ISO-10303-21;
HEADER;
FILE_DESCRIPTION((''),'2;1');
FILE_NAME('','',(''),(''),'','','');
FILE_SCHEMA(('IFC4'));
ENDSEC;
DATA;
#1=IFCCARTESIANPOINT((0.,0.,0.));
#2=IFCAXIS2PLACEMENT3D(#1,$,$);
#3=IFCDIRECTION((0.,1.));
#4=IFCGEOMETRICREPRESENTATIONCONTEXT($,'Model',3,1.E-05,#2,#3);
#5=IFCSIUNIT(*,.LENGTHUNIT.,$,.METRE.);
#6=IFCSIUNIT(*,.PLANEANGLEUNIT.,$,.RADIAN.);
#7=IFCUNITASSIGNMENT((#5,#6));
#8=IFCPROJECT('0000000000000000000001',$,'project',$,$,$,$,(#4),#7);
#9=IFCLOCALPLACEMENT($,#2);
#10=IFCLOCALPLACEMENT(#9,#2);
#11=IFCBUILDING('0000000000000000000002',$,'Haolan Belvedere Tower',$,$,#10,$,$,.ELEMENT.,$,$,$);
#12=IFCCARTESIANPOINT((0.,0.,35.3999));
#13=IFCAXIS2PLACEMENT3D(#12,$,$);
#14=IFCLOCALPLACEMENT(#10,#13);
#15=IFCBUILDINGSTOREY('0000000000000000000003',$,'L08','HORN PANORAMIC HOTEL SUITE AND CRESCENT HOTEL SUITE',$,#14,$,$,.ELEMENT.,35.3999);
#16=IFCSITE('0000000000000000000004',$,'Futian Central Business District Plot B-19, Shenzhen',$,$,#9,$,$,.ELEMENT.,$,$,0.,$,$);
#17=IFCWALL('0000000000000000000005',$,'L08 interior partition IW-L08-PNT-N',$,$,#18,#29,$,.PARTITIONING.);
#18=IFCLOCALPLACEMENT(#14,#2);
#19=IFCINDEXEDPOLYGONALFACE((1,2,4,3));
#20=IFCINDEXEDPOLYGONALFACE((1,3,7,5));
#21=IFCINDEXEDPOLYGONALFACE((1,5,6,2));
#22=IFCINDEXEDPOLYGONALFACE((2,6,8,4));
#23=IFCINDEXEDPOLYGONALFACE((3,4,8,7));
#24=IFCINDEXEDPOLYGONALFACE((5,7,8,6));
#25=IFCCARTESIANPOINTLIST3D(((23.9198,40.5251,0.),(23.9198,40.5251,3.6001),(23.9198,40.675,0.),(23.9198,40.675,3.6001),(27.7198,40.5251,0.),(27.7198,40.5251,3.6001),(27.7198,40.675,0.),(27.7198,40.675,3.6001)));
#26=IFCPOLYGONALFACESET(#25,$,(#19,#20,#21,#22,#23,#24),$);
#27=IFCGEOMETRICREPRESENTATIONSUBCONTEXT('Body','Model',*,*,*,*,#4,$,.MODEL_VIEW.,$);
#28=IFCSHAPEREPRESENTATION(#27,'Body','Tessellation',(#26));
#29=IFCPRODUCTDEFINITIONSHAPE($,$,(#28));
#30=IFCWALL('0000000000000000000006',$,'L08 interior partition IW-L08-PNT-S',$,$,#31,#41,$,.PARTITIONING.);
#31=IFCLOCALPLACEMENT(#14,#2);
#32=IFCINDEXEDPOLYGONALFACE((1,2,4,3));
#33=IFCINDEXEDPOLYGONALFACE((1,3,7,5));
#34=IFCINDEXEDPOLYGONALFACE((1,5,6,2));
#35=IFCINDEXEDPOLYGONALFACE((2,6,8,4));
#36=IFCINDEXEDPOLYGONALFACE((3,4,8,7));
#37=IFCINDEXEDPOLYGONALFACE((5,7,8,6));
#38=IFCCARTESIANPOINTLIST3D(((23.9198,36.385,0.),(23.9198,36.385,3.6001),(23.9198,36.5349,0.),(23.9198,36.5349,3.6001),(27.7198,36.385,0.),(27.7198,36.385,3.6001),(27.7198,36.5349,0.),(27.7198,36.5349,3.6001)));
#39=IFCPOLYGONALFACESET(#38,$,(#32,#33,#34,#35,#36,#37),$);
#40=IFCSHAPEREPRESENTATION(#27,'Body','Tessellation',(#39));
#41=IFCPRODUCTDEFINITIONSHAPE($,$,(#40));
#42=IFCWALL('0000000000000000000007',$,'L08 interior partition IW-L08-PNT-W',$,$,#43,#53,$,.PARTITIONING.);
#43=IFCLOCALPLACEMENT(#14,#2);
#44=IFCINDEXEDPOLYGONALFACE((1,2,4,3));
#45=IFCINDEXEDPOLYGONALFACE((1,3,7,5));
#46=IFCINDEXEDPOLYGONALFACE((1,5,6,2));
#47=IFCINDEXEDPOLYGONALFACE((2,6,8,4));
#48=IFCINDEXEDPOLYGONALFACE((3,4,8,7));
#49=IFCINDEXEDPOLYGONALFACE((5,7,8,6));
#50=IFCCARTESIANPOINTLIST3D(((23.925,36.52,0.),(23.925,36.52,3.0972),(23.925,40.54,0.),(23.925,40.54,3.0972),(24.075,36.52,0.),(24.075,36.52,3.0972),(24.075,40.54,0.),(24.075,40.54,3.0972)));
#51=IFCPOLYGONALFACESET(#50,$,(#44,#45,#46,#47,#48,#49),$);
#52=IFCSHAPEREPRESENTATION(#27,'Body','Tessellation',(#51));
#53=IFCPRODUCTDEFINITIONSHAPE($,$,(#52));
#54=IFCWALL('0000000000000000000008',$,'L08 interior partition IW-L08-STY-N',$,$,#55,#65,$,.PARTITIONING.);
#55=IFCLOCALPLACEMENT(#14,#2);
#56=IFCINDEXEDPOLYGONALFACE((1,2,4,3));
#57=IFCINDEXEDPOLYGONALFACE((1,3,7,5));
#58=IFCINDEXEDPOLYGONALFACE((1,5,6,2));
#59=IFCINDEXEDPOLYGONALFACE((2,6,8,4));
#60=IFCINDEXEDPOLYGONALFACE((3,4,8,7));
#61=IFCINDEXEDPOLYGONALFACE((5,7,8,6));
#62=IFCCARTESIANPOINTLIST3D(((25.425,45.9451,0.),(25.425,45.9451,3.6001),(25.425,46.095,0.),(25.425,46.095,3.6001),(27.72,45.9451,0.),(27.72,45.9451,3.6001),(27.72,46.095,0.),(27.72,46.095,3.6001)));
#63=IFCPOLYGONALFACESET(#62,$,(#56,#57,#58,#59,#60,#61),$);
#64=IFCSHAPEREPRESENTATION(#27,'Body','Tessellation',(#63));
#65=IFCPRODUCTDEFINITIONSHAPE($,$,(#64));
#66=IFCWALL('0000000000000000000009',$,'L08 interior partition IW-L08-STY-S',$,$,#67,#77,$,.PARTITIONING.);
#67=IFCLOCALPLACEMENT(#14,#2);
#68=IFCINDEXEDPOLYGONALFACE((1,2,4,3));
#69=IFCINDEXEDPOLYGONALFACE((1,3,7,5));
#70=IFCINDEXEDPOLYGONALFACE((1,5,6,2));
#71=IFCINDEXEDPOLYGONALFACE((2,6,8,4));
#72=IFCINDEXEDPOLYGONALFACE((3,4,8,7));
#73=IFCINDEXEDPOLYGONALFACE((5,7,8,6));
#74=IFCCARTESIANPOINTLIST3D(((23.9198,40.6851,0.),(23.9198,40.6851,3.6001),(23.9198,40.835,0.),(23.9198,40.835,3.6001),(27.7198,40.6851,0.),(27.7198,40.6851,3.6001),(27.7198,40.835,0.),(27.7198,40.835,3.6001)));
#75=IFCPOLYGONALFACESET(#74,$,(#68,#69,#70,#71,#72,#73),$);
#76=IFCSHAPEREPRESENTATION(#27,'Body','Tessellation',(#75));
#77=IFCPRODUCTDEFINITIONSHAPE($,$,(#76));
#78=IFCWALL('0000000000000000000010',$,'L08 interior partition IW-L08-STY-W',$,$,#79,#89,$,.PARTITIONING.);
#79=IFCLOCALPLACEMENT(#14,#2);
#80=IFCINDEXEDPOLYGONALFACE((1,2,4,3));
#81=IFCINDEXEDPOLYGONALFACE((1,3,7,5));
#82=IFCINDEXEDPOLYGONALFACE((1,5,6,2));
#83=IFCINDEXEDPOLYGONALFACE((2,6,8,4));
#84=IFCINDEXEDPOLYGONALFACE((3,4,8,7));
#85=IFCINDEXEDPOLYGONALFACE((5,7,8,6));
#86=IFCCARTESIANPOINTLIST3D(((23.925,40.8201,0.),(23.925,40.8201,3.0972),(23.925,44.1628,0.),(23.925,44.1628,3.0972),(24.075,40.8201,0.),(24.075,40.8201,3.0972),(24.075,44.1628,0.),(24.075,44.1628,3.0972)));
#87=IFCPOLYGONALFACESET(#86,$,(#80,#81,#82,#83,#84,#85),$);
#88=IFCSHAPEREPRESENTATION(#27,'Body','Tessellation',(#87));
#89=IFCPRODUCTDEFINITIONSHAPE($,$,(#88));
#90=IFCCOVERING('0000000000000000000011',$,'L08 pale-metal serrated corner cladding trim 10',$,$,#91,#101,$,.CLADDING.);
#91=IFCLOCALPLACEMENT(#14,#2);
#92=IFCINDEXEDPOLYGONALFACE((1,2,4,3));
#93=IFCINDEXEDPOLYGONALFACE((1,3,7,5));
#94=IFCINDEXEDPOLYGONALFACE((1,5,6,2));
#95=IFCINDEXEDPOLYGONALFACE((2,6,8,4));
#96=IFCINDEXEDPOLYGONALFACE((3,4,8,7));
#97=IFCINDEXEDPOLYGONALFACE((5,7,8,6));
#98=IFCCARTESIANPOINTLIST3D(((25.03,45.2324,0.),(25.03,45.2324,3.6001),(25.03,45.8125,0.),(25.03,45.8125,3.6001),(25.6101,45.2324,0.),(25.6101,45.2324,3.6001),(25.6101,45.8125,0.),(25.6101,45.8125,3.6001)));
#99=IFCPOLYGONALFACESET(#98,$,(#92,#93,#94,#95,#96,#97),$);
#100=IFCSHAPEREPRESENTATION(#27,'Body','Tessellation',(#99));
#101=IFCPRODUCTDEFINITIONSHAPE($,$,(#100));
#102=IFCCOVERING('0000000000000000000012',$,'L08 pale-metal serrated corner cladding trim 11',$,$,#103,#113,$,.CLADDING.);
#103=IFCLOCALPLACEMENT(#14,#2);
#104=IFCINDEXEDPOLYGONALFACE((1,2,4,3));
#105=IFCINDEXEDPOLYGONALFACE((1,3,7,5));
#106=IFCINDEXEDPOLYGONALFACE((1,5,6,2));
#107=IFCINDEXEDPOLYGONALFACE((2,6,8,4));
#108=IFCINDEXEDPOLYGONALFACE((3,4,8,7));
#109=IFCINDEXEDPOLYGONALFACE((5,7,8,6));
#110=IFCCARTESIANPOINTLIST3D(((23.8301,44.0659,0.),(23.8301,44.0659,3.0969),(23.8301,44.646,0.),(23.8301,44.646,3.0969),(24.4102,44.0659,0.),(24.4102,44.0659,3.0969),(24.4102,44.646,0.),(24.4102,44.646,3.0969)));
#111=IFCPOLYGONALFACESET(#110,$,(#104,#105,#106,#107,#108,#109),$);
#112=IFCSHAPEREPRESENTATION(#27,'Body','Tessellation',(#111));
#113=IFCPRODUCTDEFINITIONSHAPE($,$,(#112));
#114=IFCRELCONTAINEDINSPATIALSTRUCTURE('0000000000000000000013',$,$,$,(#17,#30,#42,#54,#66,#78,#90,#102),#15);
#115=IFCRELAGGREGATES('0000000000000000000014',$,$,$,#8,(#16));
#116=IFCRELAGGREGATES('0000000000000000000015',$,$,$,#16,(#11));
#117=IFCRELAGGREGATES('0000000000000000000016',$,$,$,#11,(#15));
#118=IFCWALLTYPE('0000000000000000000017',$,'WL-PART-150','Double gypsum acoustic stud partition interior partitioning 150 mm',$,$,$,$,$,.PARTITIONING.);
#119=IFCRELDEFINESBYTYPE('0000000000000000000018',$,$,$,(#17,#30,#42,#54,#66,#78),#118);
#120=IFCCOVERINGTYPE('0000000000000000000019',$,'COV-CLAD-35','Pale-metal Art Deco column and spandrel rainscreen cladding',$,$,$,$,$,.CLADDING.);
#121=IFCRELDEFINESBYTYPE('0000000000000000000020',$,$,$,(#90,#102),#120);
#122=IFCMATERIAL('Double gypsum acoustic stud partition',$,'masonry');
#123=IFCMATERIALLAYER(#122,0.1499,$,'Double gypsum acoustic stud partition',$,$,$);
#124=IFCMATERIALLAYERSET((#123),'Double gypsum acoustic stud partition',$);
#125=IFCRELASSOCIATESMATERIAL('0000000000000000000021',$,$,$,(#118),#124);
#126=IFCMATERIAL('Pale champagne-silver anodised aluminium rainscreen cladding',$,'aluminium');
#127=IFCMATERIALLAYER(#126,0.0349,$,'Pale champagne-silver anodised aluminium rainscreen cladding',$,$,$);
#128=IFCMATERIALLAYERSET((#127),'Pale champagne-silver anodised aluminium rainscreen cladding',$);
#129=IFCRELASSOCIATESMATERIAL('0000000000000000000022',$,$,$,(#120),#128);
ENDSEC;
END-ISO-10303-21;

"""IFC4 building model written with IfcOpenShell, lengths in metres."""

from ifc_helpers import new_model, si_unit, direction, frame, frame_2d, origin, origin_2d, place, context, subcontext, project, spatial, rectangle, extrude, material, layer, layer_set, type_object, element, save


model = new_model("IFC4")

# Units and contexts
model_context = context("Model", 3, precision=1e-05, world=origin(), true_north=direction((0.0, 1.0)))
body_context = subcontext(model_context, "Body", "Model", "MODEL_VIEW")
ifc_project = project(units=[si_unit("LENGTHUNIT", "METRE"), si_unit("PLANEANGLEUNIT", "RADIAN")], contexts=[model_context])

# Site, building, storey
site_placement = place(None, origin())
site = spatial("IfcSite", under=ifc_project, at=site_placement, Name="Futian Central Business District Plot B-19, Shenzhen", CompositionType="ELEMENT", RefElevation=0.0)
building_placement = place(site_placement, origin())
building = spatial("IfcBuilding", under=site, at=building_placement, Name="Haolan Belvedere Tower", CompositionType="ELEMENT")
storey_placement = place(building_placement, frame((0.0, 0.0, 35.3999)))
storey = spatial("IfcBuildingStorey", under=building, at=storey_placement, Name="L08", Description="HORN PANORAMIC HOTEL SUITE AND CRESCENT HOTEL SUITE", CompositionType="ELEMENT", Elevation=35.3999)

# Walls
ifc_material_1 = material(Name="Double gypsum acoustic stud partition", Category="masonry")
ifc_layer_1 = layer(ifc_material_1, 0.1499, Name="Double gypsum acoustic stud partition")
ifc_layer_set_1 = layer_set([ifc_layer_1], Name="Double gypsum acoustic stud partition")
wall_type_1 = type_object("IfcWallType", Name="WL-PART-150", Description="Double gypsum acoustic stud partition interior partitioning 150 mm", PredefinedType="PARTITIONING", material=ifc_layer_set_1)
for number, where, z_axis, x_axis, name in (
    (1, (23.9199, 40.6001, 0.0), (0.0, 0.0, 1.0), (1.0, 0.0, 0.0), "L08 interior partition IW-L08-PNT-N"),
    (2, (23.9199, 36.46, 0.0), (0.0, 0.0, 1.0), (1.0, 0.0, 0.0), "L08 interior partition IW-L08-PNT-S"),
):
    element("IfcWall", number, at=place(storey_placement, frame(where, z_axis=z_axis, x_axis=x_axis)), inside=storey, type_object=wall_type_1, Name=name, PredefinedType="PARTITIONING", context=body_context, shape_type="SweptSolid", body=[
        extrude(rectangle(XDim=3.8, YDim=0.1499, at=frame_2d((1.8999, 0.0))), origin(), (0.0, 0.0, 1.0), 3.6001),
    ])
wall_1_placement = place(storey_placement, frame((24.0, 36.52, 0.0), z_axis=(0.0, 0.0, 1.0), x_axis=(0.0, 1.0, 0.0)))
element("IfcWall", 3, at=wall_1_placement, inside=storey, type_object=wall_type_1, Name="L08 interior partition IW-L08-PNT-W", PredefinedType="PARTITIONING", context=body_context, shape_type="SweptSolid", body=[
    extrude(rectangle(XDim=4.02, YDim=0.1499, at=frame_2d((2.01, 0.0))), origin(), (0.0, 0.0, 1.0), 3.0972),
])
wall_2_placement = place(storey_placement, frame((25.425, 46.02, 0.0), z_axis=(0.0, 0.0, 1.0), x_axis=(1.0, 0.0, 0.0)))
element("IfcWall", 4, at=wall_2_placement, inside=storey, type_object=wall_type_1, Name="L08 interior partition IW-L08-STY-N", PredefinedType="PARTITIONING", context=body_context, shape_type="SweptSolid", body=[
    extrude(rectangle(XDim=2.2949, YDim=0.1499, at=frame_2d((1.1475, 0.0))), origin(), (0.0, 0.0, 1.0), 3.6001),
])
wall_3_placement = place(storey_placement, frame((23.9199, 40.76, 0.0), z_axis=(0.0, 0.0, 1.0), x_axis=(1.0, 0.0, 0.0)))
element("IfcWall", 5, at=wall_3_placement, inside=storey, type_object=wall_type_1, Name="L08 interior partition IW-L08-STY-S", PredefinedType="PARTITIONING", context=body_context, shape_type="SweptSolid", body=[
    extrude(rectangle(XDim=3.8, YDim=0.1499, at=frame_2d((1.8999, 0.0))), origin(), (0.0, 0.0, 1.0), 3.6001),
])
wall_4_placement = place(storey_placement, frame((24.0, 40.8201, 0.0), z_axis=(0.0, 0.0, 1.0), x_axis=(0.0, 1.0, 0.0)))
element("IfcWall", 6, at=wall_4_placement, inside=storey, type_object=wall_type_1, Name="L08 interior partition IW-L08-STY-W", PredefinedType="PARTITIONING", context=body_context, shape_type="SweptSolid", body=[
    extrude(rectangle(XDim=3.3428, YDim=0.1499, at=frame_2d((1.6714, 0.0))), origin(), (0.0, 0.0, 1.0), 3.0972),
])

# Coverings
ifc_material_2 = material(Name="Pale champagne-silver anodised aluminium rainscreen cladding", Category="aluminium")
ifc_layer_2 = layer(ifc_material_2, 0.0349, Name="Pale champagne-silver anodised aluminium rainscreen cladding")
ifc_layer_set_2 = layer_set([ifc_layer_2], Name="Pale champagne-silver anodised aluminium rainscreen cladding")
covering_type = type_object("IfcCoveringType", Name="COV-CLAD-35", Description="Pale-metal Art Deco column and spandrel rainscreen cladding", PredefinedType="CLADDING", material=ifc_layer_set_2)
covering_1_placement = place(storey_placement, frame((25.3201, 45.5225, 0.0), z_axis=(0.0, 0.0, 1.0), x_axis=(1.0, 0.0, 0.0)))
element("IfcCovering", 7, at=covering_1_placement, inside=storey, type_object=covering_type, Name="L08 pale-metal serrated corner cladding trim 10", PredefinedType="CLADDING", context=body_context, shape_type="SweptSolid", body=[
    extrude(rectangle(XDim=0.5801, YDim=0.5801, at=origin_2d()), origin(), (0.0, 0.0, 1.0), 3.6001),
])
covering_2_placement = place(storey_placement, frame((24.1201, 44.356, 0.0), z_axis=(0.0, 0.0, 1.0), x_axis=(1.0, 0.0, 0.0)))
element("IfcCovering", 8, at=covering_2_placement, inside=storey, type_object=covering_type, Name="L08 pale-metal serrated corner cladding trim 11", PredefinedType="CLADDING", context=body_context, shape_type="SweptSolid", body=[
    extrude(rectangle(XDim=0.5801, YDim=0.5801, at=origin_2d()), origin(), (0.0, 0.0, 1.0), 3.0969),
])

save(model, "model.ifc")
